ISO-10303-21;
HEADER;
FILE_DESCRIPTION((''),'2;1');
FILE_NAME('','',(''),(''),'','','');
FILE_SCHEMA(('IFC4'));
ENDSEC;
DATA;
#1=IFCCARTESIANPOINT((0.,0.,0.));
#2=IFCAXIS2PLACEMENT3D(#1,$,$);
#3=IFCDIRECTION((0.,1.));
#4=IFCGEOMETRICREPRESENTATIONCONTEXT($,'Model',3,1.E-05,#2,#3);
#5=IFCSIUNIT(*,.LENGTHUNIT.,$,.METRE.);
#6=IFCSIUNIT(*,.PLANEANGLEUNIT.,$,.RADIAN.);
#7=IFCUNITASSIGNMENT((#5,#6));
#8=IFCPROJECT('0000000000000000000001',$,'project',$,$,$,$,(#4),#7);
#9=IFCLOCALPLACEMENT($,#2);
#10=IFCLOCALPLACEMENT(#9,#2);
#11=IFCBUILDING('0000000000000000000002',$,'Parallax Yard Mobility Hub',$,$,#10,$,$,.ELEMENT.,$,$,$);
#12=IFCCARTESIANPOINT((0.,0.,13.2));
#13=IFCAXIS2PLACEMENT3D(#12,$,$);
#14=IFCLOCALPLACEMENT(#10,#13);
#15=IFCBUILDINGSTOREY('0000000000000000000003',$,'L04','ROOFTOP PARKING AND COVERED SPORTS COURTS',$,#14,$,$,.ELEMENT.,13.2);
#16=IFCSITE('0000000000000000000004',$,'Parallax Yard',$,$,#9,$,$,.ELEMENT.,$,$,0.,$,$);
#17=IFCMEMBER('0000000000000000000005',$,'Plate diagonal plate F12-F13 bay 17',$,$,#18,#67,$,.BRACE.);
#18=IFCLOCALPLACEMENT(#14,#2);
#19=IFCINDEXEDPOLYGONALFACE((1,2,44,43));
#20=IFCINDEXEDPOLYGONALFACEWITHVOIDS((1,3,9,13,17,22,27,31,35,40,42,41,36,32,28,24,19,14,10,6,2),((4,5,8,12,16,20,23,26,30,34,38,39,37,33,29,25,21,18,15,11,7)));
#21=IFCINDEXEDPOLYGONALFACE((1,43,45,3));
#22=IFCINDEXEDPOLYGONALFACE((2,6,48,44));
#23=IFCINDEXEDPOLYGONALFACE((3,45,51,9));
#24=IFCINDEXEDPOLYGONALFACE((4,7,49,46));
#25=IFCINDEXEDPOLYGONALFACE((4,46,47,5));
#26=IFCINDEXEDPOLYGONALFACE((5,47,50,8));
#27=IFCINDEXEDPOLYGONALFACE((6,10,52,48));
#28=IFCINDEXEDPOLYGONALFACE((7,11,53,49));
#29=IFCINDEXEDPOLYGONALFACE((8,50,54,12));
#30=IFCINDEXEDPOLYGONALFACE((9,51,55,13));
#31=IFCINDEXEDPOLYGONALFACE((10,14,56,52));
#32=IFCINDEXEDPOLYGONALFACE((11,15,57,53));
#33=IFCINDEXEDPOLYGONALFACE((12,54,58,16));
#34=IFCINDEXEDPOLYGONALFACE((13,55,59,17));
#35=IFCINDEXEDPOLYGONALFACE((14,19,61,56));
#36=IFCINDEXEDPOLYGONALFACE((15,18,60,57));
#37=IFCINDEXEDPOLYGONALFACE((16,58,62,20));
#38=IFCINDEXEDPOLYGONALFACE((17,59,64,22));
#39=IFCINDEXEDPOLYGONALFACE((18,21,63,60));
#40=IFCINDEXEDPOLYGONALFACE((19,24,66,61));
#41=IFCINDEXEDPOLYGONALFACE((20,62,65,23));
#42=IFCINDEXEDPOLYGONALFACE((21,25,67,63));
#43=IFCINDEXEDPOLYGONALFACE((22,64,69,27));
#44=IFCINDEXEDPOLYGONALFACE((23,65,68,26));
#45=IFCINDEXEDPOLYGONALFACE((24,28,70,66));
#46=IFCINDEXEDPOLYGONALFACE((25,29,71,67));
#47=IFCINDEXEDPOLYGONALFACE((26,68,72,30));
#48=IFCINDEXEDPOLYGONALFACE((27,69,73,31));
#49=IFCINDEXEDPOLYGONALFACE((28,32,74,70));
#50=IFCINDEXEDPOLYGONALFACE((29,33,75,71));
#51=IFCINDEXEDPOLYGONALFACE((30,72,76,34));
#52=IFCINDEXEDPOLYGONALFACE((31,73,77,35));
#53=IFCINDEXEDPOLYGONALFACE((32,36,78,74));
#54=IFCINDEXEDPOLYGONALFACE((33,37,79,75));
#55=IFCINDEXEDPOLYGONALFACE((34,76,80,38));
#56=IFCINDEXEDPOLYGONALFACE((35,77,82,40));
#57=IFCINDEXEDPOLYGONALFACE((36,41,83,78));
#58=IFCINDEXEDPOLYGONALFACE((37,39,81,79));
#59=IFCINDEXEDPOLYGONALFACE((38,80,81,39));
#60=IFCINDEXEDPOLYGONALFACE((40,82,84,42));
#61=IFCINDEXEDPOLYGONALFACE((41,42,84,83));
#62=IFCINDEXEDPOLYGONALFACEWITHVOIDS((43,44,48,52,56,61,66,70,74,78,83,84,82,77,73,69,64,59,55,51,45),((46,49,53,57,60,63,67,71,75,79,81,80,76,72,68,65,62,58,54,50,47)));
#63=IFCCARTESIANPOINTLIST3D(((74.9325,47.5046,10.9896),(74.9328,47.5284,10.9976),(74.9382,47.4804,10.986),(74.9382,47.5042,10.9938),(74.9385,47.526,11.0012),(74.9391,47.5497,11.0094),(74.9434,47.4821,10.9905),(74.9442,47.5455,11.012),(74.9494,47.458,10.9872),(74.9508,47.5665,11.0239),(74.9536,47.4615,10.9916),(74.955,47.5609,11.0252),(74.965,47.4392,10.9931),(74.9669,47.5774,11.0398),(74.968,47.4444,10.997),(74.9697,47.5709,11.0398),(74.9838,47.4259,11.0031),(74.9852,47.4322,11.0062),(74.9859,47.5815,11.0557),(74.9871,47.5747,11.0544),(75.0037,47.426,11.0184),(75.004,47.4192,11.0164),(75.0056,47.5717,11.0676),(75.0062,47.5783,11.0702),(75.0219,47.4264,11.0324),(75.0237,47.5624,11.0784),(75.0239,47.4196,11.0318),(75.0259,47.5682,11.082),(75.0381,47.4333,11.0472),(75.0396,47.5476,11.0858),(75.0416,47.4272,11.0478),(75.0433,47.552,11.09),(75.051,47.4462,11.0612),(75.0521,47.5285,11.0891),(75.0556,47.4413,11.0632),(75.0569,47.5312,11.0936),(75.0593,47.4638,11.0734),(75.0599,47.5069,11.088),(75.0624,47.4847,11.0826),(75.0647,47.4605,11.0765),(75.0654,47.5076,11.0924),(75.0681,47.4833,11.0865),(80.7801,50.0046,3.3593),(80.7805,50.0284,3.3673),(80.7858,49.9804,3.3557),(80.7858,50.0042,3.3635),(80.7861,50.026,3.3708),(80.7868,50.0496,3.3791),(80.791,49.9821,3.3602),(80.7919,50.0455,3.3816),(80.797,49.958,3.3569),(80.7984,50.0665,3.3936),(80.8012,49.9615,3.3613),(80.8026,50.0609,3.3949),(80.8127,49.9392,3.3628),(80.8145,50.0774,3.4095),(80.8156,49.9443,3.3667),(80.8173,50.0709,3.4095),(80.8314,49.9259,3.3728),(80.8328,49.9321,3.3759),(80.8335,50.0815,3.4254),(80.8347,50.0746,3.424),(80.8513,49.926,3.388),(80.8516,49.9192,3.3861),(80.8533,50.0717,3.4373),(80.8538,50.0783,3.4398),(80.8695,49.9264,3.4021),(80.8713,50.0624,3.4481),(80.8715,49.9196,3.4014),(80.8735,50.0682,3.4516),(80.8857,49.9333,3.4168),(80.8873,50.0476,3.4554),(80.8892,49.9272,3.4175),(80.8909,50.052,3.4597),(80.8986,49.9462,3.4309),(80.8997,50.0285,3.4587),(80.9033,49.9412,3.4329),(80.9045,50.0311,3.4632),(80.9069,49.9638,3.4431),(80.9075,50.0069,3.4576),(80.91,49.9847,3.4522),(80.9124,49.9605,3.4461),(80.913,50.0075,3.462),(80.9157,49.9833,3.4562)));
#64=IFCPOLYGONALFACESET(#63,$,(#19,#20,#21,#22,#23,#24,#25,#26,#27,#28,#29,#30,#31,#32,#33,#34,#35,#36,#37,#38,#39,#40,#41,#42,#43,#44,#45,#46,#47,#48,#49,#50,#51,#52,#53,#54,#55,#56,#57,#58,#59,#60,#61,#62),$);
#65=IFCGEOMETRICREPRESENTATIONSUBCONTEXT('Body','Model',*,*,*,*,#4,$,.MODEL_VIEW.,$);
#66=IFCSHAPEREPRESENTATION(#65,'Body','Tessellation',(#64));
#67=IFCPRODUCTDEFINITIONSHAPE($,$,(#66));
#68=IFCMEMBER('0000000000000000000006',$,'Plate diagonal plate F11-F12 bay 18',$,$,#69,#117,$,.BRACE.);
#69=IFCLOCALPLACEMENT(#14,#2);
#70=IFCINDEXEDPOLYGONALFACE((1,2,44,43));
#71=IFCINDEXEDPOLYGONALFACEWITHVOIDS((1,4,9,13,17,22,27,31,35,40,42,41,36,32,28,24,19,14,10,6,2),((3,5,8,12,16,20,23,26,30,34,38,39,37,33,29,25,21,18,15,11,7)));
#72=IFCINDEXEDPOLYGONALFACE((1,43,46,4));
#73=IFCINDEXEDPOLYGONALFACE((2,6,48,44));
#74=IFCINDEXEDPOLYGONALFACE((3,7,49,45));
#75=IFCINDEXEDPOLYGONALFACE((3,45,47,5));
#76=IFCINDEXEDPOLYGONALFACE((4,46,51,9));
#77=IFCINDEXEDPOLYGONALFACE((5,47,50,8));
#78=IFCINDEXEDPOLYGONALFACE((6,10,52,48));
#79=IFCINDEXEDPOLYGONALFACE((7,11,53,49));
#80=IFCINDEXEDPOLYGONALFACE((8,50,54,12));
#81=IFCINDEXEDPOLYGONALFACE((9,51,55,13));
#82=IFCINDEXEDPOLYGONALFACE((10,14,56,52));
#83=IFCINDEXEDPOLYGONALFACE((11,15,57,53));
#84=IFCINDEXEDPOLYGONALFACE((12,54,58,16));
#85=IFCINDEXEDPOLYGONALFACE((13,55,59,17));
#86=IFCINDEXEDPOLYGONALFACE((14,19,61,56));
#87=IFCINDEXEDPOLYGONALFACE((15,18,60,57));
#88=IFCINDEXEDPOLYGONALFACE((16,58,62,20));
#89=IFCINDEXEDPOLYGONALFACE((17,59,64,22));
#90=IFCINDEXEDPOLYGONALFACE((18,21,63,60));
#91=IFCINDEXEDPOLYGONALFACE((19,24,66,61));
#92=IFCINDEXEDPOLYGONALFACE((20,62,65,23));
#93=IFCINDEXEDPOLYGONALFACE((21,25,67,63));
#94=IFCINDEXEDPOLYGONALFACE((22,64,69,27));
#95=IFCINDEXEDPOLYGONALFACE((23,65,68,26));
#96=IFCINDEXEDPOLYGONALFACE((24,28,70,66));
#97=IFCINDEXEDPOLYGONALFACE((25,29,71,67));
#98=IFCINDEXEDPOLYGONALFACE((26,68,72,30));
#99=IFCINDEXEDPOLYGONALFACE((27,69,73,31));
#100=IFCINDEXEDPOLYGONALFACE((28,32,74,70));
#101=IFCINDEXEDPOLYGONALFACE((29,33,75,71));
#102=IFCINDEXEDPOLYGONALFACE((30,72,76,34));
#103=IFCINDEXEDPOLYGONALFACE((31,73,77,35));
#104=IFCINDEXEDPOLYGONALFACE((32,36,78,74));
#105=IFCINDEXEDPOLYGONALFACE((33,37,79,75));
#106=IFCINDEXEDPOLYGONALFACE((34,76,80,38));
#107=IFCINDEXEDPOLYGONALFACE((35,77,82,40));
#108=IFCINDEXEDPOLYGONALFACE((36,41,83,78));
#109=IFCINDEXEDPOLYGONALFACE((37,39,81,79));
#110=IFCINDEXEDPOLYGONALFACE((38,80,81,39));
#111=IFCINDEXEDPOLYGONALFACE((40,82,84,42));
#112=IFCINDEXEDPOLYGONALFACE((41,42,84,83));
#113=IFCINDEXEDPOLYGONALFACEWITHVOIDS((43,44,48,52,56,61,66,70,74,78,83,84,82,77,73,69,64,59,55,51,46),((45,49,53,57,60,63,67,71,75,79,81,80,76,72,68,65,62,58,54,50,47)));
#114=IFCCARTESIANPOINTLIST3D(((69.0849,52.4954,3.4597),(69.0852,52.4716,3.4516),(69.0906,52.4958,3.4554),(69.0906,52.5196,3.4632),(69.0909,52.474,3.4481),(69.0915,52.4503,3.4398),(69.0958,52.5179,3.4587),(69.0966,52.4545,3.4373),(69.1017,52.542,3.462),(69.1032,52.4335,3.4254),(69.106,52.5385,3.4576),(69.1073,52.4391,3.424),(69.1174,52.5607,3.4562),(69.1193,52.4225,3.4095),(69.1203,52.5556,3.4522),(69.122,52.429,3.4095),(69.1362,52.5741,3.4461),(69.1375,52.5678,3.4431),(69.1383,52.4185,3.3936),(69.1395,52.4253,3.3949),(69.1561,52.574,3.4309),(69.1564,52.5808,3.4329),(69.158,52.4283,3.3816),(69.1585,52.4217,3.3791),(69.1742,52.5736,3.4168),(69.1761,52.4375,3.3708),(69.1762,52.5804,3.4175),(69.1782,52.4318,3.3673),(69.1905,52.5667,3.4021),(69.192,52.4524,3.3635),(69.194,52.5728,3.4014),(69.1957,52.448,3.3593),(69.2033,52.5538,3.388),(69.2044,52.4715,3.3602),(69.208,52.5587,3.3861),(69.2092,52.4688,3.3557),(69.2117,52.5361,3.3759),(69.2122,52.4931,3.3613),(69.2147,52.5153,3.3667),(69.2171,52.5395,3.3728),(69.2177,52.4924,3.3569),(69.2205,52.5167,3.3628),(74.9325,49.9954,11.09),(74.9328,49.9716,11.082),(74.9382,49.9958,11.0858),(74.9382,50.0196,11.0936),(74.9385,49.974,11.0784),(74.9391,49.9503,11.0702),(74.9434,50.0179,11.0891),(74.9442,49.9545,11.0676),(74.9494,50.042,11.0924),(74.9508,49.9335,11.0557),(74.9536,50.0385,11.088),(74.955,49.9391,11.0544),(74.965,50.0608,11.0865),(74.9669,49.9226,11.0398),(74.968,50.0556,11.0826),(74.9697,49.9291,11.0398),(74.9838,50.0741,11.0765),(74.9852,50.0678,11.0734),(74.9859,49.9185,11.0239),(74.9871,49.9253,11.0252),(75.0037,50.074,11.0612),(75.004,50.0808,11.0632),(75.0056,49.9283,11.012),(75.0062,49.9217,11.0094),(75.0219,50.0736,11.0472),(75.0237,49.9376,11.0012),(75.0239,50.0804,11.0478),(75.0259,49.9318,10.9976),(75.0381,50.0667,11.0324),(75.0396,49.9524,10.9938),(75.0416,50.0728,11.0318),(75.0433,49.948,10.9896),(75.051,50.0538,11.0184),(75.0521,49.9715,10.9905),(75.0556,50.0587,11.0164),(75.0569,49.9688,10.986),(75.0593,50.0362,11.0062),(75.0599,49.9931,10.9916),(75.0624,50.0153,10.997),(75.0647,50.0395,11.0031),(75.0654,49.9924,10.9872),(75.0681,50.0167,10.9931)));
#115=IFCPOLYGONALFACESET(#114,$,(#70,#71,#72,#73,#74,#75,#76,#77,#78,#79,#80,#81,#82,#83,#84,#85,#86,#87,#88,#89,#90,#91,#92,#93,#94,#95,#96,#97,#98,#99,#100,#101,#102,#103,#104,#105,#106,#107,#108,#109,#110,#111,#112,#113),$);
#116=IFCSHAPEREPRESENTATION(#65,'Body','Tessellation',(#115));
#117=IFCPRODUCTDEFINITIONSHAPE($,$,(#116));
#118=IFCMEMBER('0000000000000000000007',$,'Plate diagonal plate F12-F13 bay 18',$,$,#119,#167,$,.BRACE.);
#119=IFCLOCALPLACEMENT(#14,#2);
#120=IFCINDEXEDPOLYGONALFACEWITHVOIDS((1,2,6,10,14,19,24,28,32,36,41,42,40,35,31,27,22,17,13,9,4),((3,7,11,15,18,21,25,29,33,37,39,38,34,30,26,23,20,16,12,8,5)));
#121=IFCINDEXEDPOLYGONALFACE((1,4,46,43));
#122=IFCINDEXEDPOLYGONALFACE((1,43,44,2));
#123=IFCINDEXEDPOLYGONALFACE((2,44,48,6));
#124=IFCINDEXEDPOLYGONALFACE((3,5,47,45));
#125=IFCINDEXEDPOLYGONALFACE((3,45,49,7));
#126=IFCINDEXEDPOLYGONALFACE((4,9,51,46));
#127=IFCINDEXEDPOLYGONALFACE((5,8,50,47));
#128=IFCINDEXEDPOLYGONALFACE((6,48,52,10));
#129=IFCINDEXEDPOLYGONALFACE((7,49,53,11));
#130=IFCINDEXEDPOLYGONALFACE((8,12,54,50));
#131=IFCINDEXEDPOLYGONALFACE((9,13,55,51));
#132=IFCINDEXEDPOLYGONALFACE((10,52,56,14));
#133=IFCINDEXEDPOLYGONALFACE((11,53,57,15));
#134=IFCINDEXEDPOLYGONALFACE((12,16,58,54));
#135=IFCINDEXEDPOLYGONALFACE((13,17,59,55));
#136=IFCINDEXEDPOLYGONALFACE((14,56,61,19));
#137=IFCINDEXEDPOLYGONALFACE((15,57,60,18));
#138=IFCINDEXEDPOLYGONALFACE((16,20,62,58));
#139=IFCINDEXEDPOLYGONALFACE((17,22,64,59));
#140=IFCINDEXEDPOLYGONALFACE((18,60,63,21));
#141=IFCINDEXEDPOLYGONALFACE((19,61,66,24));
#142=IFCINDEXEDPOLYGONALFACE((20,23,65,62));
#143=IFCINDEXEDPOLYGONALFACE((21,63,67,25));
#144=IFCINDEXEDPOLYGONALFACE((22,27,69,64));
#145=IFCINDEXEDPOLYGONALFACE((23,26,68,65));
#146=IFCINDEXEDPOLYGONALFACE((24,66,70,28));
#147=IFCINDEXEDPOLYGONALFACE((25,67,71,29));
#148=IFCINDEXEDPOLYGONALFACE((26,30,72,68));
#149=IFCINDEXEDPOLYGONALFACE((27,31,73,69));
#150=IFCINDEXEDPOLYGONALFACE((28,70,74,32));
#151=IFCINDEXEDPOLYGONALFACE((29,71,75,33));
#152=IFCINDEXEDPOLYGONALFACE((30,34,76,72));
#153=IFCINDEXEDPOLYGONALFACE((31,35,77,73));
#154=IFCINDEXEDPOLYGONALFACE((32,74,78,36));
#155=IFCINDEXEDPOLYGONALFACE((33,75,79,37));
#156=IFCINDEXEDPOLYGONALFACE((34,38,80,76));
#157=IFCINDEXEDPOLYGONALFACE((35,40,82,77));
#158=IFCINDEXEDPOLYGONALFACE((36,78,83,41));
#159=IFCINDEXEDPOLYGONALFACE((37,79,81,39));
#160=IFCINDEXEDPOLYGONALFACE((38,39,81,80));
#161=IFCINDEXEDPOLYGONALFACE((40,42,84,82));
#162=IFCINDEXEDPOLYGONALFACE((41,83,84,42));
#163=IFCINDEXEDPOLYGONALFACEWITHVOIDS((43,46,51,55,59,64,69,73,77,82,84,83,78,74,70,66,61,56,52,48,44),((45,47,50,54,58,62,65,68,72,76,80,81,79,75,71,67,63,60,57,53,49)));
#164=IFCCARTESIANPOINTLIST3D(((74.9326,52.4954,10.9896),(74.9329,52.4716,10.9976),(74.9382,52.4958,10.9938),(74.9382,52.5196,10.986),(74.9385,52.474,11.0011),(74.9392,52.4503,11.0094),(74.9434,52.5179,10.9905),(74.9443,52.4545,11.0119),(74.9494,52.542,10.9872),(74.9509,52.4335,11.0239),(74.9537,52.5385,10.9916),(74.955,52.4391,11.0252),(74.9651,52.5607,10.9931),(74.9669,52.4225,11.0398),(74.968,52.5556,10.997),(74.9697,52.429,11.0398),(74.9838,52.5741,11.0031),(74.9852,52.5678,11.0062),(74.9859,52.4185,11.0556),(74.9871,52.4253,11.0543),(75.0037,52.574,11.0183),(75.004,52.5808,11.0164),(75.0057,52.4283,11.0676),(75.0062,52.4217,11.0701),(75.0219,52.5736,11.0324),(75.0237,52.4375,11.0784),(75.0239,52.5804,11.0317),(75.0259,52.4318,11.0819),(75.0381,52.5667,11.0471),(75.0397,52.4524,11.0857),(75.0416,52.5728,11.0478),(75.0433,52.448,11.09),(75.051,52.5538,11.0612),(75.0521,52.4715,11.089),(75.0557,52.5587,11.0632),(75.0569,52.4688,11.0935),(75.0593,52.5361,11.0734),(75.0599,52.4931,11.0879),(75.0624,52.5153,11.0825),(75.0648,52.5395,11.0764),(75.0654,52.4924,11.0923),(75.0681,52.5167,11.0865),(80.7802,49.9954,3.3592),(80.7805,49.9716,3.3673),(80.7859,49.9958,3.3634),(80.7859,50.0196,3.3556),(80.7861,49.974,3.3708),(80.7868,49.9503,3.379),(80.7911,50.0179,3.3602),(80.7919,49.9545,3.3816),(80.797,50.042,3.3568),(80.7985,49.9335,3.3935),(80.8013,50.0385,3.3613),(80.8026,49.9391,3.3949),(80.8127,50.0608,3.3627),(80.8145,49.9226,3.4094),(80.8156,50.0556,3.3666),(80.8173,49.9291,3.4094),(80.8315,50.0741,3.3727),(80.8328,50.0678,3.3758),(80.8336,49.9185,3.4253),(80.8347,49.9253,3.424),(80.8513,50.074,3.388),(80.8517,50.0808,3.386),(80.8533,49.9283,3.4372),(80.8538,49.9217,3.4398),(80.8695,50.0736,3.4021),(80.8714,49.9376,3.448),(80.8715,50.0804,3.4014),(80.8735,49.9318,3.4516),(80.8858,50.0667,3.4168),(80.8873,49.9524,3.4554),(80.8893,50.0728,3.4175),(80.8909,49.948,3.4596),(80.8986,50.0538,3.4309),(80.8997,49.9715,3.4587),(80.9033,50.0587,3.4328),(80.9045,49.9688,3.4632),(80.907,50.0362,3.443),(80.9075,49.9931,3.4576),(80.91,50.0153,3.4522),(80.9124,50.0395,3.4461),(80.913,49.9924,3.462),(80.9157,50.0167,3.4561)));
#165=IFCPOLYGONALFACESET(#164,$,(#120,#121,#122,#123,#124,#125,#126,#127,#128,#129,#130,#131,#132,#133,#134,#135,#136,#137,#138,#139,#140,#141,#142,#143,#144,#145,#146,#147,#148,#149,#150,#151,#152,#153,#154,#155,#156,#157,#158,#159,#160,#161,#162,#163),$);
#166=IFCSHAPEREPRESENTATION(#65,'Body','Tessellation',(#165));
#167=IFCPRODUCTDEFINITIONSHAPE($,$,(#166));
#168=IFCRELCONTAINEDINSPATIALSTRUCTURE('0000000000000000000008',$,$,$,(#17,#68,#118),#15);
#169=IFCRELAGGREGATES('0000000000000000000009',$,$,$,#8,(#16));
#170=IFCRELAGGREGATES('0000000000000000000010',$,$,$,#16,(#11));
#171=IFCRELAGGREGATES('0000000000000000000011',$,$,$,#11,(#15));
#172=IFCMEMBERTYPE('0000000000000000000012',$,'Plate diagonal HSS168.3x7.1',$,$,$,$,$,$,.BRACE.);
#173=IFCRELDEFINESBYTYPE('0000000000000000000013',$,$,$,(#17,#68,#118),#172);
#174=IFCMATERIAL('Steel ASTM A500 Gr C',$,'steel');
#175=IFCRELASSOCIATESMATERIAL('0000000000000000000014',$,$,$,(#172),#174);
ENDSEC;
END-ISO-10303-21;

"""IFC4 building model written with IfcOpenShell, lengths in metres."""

from ifc_helpers import new_model, si_unit, direction, frame, origin, origin_2d, place, context, subcontext, project, spatial, hollow_circle, extrude, material, material_profile, profile_set, type_object, element, save


model = new_model("IFC4")

# Units and contexts
model_context = context("Model", 3, precision=1e-05, world=origin(), true_north=direction((0.0, 1.0)))
body_context = subcontext(model_context, "Body", "Model", "MODEL_VIEW")
ifc_project = project(units=[si_unit("LENGTHUNIT", "METRE"), si_unit("PLANEANGLEUNIT", "RADIAN")], contexts=[model_context])

# Site, building, storey
site_placement = place(None, origin())
site = spatial("IfcSite", under=ifc_project, at=site_placement, Name="Parallax Yard", CompositionType="ELEMENT", RefElevation=0.0)
building_placement = place(site_placement, origin())
building = spatial("IfcBuilding", under=site, at=building_placement, Name="Parallax Yard Mobility Hub", CompositionType="ELEMENT")
storey_placement = place(building_placement, frame((0.0, 0.0, 13.2)))
storey = spatial("IfcBuildingStorey", under=building, at=storey_placement, Name="L04", Description="ROOFTOP PARKING AND COVERED SPORTS COURTS", CompositionType="ELEMENT", Elevation=13.2)

# Members
ifc_material_1 = material(Name="Steel ASTM A500 Gr C", Category="steel")
ifc_material_profile_1 = material_profile(ifc_material_1, hollow_circle(Radius=0.0842, WallThickness=0.0071, at=origin_2d()), Name="HSS168.3x7.1")
ifc_profile_set_1 = profile_set([ifc_material_profile_1], Name="Steel ASTM A500 Gr C")
member_type_1 = type_object("IfcMemberType", Name="Plate diagonal HSS168.3x7.1", PredefinedType="BRACE", material=ifc_profile_set_1)
for number, where, z_axis, x_axis, name in (
    (1, (75.0, 47.5, 11.0398), (0.588701, 0.251682, -0.768172), (-0.393104, 0.919494, 0.0), "Plate diagonal plate F12-F13 bay 17"),
    (2, (75.0, 50.0, 11.0398), (-0.588701, 0.251682, -0.768172), (-0.393104, -0.919494, 0.0), "Plate diagonal plate F11-F12 bay 18"),
    (3, (80.8477, 50.0, 3.4094), (-0.588701, 0.251682, 0.768172), (-0.393104, -0.919494, 0.0), "Plate diagonal plate F12-F13 bay 18"),
):
    element("IfcMember", number, at=place(storey_placement, frame(where, z_axis=z_axis, x_axis=x_axis)), inside=storey, type_object=member_type_1, Name=name, PredefinedType="BRACE", context=body_context, shape_type="SweptSolid", body=[
        extrude(hollow_circle(Radius=0.0842, WallThickness=0.0071, at=origin_2d()), origin(), (0.0, 0.0, 1.0), 9.9331),
    ])

save(model, "model.ifc")
